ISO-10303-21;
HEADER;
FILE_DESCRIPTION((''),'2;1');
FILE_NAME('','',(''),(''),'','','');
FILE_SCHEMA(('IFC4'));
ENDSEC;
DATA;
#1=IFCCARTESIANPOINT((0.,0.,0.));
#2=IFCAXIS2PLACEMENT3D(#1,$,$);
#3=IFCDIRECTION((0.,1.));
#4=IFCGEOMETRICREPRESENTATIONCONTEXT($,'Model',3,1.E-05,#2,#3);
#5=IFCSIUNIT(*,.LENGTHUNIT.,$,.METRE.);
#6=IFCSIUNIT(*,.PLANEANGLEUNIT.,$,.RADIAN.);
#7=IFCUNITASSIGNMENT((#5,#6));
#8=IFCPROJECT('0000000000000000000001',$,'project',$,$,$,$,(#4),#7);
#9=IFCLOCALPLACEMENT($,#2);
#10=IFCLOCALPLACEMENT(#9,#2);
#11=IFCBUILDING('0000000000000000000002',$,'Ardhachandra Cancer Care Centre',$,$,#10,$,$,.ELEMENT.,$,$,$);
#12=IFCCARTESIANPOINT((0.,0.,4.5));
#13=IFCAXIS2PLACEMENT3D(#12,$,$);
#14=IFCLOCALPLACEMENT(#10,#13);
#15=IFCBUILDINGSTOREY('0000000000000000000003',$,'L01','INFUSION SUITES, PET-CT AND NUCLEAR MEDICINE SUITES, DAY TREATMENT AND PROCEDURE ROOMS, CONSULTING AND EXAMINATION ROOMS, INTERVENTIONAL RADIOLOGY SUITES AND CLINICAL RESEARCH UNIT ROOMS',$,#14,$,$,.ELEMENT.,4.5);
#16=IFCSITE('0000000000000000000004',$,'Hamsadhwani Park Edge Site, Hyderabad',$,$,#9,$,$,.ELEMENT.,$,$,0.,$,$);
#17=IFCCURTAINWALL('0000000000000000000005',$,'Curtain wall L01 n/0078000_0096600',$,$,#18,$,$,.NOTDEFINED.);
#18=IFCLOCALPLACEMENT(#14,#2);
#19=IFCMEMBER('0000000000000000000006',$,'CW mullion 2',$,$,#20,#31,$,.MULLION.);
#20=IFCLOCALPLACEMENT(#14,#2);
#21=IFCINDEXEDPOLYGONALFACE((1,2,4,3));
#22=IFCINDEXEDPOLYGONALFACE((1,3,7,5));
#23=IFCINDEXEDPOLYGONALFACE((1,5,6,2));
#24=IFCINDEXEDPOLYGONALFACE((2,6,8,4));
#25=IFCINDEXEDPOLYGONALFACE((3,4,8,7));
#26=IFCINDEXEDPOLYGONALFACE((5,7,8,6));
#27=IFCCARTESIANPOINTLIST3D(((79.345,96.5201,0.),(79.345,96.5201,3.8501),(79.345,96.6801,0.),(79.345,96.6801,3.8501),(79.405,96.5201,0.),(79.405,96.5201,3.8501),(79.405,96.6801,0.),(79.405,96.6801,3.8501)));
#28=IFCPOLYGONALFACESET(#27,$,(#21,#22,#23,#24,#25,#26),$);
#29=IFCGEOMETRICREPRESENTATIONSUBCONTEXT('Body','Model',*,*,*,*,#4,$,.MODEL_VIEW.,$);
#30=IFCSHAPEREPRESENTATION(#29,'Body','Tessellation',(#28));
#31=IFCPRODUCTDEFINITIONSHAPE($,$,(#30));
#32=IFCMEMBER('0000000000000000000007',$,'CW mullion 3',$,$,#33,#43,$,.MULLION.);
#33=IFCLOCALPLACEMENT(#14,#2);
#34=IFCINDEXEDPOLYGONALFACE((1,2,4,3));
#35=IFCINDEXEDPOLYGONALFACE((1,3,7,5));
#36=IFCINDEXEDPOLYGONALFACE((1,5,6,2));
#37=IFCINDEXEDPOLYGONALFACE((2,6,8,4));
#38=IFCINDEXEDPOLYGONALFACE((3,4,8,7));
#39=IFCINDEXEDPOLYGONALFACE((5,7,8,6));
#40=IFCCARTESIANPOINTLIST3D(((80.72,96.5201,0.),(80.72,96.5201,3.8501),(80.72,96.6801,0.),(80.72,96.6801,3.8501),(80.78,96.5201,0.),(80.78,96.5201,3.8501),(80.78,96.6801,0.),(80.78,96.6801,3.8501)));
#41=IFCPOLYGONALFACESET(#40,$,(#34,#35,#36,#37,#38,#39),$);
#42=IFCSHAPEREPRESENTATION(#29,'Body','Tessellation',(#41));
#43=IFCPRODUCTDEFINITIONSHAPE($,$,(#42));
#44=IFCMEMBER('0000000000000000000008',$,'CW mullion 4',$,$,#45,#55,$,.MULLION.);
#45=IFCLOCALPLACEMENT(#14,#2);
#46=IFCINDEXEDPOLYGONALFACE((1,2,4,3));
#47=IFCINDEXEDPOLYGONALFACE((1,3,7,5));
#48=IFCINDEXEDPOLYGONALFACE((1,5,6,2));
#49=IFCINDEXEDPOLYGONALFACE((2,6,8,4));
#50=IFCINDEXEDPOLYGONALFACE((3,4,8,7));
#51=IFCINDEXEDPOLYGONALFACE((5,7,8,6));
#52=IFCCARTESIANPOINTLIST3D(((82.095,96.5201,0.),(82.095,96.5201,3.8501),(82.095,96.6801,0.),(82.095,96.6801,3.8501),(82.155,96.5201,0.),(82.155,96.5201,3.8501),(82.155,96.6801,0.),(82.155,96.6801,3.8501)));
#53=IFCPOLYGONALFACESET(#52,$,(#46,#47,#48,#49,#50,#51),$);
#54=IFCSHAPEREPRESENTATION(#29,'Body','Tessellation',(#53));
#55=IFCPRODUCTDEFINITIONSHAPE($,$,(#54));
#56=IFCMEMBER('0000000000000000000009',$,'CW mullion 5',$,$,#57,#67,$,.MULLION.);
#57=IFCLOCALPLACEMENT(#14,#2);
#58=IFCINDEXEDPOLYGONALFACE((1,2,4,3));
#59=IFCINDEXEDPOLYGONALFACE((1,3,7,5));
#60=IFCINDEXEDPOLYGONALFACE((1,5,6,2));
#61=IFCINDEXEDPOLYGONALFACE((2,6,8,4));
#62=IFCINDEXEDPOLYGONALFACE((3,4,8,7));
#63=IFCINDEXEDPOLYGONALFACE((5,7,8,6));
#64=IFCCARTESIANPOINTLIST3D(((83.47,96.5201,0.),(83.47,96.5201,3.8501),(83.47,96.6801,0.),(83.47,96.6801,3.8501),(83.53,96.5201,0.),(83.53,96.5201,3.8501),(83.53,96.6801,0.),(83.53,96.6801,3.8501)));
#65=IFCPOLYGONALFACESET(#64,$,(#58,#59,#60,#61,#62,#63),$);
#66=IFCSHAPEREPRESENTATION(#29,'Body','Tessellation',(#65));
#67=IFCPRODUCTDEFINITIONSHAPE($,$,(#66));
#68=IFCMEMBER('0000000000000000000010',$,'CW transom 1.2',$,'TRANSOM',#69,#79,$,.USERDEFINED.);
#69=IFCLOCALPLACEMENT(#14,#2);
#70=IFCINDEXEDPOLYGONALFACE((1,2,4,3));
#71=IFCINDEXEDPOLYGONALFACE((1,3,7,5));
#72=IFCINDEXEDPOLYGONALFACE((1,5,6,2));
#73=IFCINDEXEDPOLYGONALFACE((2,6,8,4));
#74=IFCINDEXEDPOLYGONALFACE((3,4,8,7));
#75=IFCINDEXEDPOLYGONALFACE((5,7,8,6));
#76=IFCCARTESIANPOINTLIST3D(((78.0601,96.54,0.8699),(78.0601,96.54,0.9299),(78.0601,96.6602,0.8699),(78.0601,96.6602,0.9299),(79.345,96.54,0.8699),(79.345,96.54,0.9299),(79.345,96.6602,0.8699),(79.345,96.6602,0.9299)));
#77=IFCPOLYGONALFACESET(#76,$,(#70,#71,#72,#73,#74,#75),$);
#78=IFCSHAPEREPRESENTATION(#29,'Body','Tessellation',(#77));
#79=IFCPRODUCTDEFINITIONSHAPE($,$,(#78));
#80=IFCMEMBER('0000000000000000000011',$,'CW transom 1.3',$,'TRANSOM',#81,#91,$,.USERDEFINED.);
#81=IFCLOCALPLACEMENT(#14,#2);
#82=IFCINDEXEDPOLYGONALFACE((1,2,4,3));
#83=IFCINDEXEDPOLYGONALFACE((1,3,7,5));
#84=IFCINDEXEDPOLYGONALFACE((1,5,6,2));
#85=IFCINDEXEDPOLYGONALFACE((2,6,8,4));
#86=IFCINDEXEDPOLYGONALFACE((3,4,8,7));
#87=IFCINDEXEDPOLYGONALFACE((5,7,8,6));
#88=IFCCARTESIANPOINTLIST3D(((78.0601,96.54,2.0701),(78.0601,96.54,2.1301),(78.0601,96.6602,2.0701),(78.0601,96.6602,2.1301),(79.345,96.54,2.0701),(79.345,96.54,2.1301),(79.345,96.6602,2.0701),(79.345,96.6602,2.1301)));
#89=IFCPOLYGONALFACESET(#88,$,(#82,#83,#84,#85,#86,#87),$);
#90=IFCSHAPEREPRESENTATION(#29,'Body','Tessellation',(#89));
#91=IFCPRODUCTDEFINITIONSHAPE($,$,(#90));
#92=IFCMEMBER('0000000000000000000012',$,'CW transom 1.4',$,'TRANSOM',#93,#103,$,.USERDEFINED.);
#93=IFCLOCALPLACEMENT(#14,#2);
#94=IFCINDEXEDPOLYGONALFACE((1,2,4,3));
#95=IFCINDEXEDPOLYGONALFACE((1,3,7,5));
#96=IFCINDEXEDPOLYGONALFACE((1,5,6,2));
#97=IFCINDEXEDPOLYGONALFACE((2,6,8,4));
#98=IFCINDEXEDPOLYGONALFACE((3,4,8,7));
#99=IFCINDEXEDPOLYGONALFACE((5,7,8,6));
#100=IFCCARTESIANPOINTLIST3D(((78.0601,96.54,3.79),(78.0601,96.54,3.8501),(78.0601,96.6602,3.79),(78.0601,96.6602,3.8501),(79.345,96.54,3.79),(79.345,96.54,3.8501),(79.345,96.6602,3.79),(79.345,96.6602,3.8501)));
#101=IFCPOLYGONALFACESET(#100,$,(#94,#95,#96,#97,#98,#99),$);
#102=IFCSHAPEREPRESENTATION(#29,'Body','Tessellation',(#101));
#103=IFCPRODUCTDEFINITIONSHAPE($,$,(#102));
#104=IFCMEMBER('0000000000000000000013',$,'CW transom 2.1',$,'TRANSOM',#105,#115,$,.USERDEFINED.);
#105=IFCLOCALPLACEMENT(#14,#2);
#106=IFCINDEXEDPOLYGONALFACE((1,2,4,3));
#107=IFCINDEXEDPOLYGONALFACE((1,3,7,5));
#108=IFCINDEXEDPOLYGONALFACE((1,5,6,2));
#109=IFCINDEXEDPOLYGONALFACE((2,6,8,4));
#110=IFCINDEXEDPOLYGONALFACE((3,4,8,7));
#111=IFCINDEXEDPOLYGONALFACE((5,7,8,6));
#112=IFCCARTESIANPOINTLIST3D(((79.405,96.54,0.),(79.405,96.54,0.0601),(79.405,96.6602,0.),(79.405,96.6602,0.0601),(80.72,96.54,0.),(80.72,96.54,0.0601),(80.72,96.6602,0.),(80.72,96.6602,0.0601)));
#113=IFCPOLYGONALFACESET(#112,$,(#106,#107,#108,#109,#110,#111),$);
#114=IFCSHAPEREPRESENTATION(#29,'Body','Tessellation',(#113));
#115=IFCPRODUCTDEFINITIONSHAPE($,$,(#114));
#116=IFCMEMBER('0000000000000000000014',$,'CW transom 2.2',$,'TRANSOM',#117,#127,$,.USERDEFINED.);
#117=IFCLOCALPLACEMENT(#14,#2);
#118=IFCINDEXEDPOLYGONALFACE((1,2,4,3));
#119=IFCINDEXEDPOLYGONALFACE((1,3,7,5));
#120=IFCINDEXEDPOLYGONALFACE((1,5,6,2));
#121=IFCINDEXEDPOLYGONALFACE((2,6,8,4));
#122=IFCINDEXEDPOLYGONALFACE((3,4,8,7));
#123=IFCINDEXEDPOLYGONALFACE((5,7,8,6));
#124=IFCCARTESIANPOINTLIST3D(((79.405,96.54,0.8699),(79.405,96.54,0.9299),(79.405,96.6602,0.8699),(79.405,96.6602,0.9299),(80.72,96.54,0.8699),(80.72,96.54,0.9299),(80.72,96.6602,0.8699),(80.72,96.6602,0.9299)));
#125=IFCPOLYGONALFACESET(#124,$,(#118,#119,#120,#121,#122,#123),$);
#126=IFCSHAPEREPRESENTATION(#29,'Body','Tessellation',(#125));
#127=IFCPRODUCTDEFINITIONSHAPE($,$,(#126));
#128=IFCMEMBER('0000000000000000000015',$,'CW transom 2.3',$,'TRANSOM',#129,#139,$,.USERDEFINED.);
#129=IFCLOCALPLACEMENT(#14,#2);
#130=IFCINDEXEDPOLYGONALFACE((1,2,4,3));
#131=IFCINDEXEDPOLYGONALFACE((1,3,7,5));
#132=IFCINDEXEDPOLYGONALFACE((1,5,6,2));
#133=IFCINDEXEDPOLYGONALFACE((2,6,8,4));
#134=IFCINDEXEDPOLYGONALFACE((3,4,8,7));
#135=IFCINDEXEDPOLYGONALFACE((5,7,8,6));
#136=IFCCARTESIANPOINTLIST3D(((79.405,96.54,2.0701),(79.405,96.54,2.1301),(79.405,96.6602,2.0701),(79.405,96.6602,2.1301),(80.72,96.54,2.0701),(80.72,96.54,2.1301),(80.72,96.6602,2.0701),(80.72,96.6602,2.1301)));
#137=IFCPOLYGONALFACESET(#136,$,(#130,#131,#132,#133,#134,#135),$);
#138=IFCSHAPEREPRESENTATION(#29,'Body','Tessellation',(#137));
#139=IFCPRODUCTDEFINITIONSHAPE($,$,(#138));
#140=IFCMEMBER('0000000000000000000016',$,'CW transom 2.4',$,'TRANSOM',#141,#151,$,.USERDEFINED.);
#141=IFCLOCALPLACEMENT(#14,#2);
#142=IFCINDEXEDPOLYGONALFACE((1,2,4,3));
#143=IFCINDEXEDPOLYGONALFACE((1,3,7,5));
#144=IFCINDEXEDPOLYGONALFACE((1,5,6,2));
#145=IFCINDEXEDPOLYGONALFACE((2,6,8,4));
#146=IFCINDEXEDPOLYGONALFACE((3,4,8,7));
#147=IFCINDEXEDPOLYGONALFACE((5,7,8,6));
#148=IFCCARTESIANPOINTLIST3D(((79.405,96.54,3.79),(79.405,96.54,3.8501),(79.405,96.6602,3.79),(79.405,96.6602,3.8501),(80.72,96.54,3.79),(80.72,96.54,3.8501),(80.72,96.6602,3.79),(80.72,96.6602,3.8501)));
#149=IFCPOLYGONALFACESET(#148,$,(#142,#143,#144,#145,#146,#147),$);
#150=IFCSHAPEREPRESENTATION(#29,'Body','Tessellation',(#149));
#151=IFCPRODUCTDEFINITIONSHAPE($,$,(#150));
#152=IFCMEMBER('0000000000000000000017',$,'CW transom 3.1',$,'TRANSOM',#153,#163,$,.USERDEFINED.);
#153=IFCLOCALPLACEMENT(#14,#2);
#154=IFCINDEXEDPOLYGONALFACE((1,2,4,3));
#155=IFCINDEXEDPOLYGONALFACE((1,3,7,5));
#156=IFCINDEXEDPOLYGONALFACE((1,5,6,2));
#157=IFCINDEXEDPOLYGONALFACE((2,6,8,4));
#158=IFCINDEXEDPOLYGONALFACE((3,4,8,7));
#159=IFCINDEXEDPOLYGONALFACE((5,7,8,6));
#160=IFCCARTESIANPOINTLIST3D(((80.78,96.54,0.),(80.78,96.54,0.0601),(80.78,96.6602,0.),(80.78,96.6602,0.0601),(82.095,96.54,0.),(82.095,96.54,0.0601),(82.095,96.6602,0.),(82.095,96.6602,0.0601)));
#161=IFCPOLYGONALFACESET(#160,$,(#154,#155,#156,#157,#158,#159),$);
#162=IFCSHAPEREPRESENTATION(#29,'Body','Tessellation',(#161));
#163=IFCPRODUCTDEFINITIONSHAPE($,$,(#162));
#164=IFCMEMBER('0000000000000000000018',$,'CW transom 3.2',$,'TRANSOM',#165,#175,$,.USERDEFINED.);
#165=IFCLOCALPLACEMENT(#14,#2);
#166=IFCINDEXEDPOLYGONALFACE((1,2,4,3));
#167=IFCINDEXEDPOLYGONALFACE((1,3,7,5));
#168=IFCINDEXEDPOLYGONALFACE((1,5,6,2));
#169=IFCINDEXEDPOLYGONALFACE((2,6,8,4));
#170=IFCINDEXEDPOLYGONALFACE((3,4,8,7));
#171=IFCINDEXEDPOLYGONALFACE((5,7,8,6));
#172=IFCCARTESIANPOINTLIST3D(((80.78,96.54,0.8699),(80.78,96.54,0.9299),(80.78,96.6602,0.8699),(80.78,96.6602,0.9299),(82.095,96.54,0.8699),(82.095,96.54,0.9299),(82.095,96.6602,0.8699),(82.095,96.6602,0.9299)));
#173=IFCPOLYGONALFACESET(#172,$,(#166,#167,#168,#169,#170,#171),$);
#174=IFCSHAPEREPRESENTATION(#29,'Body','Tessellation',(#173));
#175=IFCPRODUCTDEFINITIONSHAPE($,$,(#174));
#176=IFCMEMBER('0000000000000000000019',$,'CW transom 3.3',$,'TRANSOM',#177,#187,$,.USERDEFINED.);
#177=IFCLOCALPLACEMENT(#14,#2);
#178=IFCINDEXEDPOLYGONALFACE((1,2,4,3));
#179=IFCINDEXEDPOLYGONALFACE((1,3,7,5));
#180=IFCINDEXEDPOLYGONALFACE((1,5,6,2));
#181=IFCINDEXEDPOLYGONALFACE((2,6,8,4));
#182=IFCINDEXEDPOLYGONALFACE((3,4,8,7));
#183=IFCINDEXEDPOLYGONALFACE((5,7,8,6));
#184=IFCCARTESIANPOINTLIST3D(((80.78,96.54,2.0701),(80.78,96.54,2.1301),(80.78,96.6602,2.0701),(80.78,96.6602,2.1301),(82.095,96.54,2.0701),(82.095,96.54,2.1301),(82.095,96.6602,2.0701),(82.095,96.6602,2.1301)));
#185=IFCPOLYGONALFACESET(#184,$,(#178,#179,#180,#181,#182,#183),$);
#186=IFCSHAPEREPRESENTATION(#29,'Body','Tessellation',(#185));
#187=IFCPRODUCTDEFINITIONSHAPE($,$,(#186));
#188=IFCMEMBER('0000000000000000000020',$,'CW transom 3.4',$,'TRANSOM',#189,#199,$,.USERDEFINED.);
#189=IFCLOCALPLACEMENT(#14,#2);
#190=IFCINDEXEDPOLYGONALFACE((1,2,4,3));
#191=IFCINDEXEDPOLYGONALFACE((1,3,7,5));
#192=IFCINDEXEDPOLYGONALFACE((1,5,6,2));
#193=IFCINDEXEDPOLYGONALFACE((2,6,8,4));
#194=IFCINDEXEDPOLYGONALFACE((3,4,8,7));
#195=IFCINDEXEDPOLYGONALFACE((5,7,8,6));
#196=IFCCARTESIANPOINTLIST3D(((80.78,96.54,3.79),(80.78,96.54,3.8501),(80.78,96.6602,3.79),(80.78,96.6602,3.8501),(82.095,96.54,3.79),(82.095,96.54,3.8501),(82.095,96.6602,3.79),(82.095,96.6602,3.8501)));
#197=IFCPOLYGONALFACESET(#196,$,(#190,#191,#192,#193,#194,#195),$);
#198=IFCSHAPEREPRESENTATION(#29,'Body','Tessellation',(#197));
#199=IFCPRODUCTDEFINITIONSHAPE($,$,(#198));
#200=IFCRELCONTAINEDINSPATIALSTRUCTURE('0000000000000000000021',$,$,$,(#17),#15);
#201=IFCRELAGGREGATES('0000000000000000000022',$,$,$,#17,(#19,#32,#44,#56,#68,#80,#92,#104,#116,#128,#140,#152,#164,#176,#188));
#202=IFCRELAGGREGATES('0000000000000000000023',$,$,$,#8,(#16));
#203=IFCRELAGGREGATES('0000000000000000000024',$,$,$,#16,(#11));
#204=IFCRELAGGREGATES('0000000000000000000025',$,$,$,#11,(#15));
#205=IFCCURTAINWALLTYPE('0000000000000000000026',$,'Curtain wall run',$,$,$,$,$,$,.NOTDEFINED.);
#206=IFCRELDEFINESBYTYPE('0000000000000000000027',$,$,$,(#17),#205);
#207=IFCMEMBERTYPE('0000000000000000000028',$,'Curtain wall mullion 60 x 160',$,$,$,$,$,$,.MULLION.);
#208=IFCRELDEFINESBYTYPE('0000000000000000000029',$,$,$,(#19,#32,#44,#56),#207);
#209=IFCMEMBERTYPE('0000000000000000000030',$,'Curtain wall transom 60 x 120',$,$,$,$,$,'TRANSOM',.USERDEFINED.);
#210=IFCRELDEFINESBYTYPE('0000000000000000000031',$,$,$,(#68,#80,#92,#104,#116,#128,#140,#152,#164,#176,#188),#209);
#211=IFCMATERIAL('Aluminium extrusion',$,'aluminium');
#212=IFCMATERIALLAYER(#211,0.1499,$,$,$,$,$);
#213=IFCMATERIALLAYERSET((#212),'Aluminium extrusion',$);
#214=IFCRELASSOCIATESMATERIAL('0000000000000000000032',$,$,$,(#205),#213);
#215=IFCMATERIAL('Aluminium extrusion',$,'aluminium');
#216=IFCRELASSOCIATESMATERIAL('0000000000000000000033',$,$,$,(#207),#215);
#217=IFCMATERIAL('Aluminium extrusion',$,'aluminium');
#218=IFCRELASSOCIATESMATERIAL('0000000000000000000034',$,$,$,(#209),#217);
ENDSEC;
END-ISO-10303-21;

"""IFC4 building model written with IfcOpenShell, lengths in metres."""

from ifc_helpers import new_model, si_unit, direction, frame, origin, origin_2d, place, context, subcontext, project, spatial, rectangle, extrude, material, layer, layer_set, material_profile, profile_set, type_object, element, aggregate, save


model = new_model("IFC4")

# Units and contexts
model_context = context("Model", 3, precision=1e-05, world=origin(), true_north=direction((0.0, 1.0)))
body_context = subcontext(model_context, "Body", "Model", "MODEL_VIEW")
ifc_project = project(units=[si_unit("LENGTHUNIT", "METRE"), si_unit("PLANEANGLEUNIT", "RADIAN")], contexts=[model_context])

# Site, building, storey
site_placement = place(None, origin())
site = spatial("IfcSite", under=ifc_project, at=site_placement, Name="Hamsadhwani Park Edge Site, Hyderabad", CompositionType="ELEMENT", RefElevation=0.0)
building_placement = place(site_placement, origin())
building = spatial("IfcBuilding", under=site, at=building_placement, Name="Ardhachandra Cancer Care Centre", CompositionType="ELEMENT")
storey_placement = place(building_placement, frame((0.0, 0.0, 4.5)))
storey = spatial("IfcBuildingStorey", under=building, at=storey_placement, Name="L01", Description="INFUSION SUITES, PET-CT AND NUCLEAR MEDICINE SUITES, DAY TREATMENT AND PROCEDURE ROOMS, CONSULTING AND EXAMINATION ROOMS, INTERVENTIONAL RADIOLOGY SUITES AND CLINICAL RESEARCH UNIT ROOMS", CompositionType="ELEMENT", Elevation=4.5)

# Curtain wall, members
ifc_material_1 = material(Name="Aluminium extrusion", Category="aluminium")
ifc_layer_1 = layer(ifc_material_1, 0.1499)
ifc_layer_set_1 = layer_set([ifc_layer_1], Name="Aluminium extrusion")
curtain_wall_type = type_object("IfcCurtainWallType", Name="Curtain wall run", PredefinedType="NOTDEFINED", material=ifc_layer_set_1)
curtain_wall_placement = place(storey_placement, origin())
curtain_wall = element("IfcCurtainWall", 1, at=curtain_wall_placement, inside=storey, type_object=curtain_wall_type, Name="Curtain wall L01 n/0078000_0096600", PredefinedType="NOTDEFINED")
ifc_material_2 = material(Name="Aluminium extrusion", Category="aluminium")
ifc_material_profile_1 = material_profile(ifc_material_2, rectangle(XDim=0.1599, YDim=0.0601, at=origin_2d()), Name="Curtain wall mullion 60 x 160")
ifc_profile_set_1 = profile_set([ifc_material_profile_1], Name="Aluminium extrusion")
member_type_1 = type_object("IfcMemberType", Name="Curtain wall mullion 60 x 160", PredefinedType="MULLION", material=ifc_profile_set_1)
member_1_placement = place(storey_placement, frame((79.375, 96.6001, 0.0), z_axis=(0.0, 0.0, 1.0), x_axis=(0.0, 1.0, 0.0)))
member_1 = element("IfcMember", 2, at=member_1_placement, type_object=member_type_1, Name="CW mullion 2", PredefinedType="MULLION", context=body_context, shape_type="SweptSolid", body=[
    extrude(rectangle(XDim=0.1599, YDim=0.0601, at=origin_2d()), origin(), (0.0, 0.0, 1.0), 3.8501),
])
member_2_placement = place(storey_placement, frame((80.75, 96.6001, 0.0), z_axis=(0.0, 0.0, 1.0), x_axis=(0.0, 1.0, 0.0)))
member_2 = element("IfcMember", 3, at=member_2_placement, type_object=member_type_1, Name="CW mullion 3", PredefinedType="MULLION", context=body_context, shape_type="SweptSolid", body=[
    extrude(rectangle(XDim=0.1599, YDim=0.0601, at=origin_2d()), origin(), (0.0, 0.0, 1.0), 3.8501),
])
member_3_placement = place(storey_placement, frame((82.125, 96.6001, 0.0), z_axis=(0.0, 0.0, 1.0), x_axis=(0.0, 1.0, 0.0)))
member_3 = element("IfcMember", 4, at=member_3_placement, type_object=member_type_1, Name="CW mullion 4", PredefinedType="MULLION", context=body_context, shape_type="SweptSolid", body=[
    extrude(rectangle(XDim=0.1599, YDim=0.0601, at=origin_2d()), origin(), (0.0, 0.0, 1.0), 3.8501),
])
member_4_placement = place(storey_placement, frame((83.5, 96.6001, 0.0), z_axis=(0.0, 0.0, 1.0), x_axis=(0.0, 1.0, 0.0)))
member_4 = element("IfcMember", 5, at=member_4_placement, type_object=member_type_1, Name="CW mullion 5", PredefinedType="MULLION", context=body_context, shape_type="SweptSolid", body=[
    extrude(rectangle(XDim=0.1599, YDim=0.0601, at=origin_2d()), origin(), (0.0, 0.0, 1.0), 3.8501),
])
ifc_material_3 = material(Name="Aluminium extrusion", Category="aluminium")
ifc_material_profile_2 = material_profile(ifc_material_3, rectangle(XDim=0.1201, YDim=0.0601, at=origin_2d()), Name="Curtain wall transom 60 x 120")
ifc_profile_set_2 = profile_set([ifc_material_profile_2], Name="Aluminium extrusion")
member_type_2 = type_object("IfcMemberType", Name="Curtain wall transom 60 x 120", ElementType="TRANSOM", PredefinedType="USERDEFINED", material=ifc_profile_set_2)
member_5_placement = place(storey_placement, frame((78.0601, 96.6001, 0.8999), z_axis=(1.0, 0.0, 0.0), x_axis=(0.0, 1.0, 0.0)))
member_5 = element("IfcMember", 6, at=member_5_placement, type_object=member_type_2, Name="CW transom 1.2", ObjectType="TRANSOM", PredefinedType="USERDEFINED", context=body_context, shape_type="SweptSolid", body=[
    extrude(rectangle(XDim=0.1201, YDim=0.0601, at=origin_2d()), origin(), (0.0, 0.0, 1.0), 1.2849),
])
member_6_placement = place(storey_placement, frame((78.0601, 96.6001, 2.1001), z_axis=(1.0, 0.0, 0.0), x_axis=(0.0, 1.0, 0.0)))
member_6 = element("IfcMember", 7, at=member_6_placement, type_object=member_type_2, Name="CW transom 1.3", ObjectType="TRANSOM", PredefinedType="USERDEFINED", context=body_context, shape_type="SweptSolid", body=[
    extrude(rectangle(XDim=0.1201, YDim=0.0601, at=origin_2d()), origin(), (0.0, 0.0, 1.0), 1.2849),
])
member_7_placement = place(storey_placement, frame((78.0601, 96.6001, 3.8201), z_axis=(1.0, 0.0, 0.0), x_axis=(0.0, 1.0, 0.0)))
member_7 = element("IfcMember", 8, at=member_7_placement, type_object=member_type_2, Name="CW transom 1.4", ObjectType="TRANSOM", PredefinedType="USERDEFINED", context=body_context, shape_type="SweptSolid", body=[
    extrude(rectangle(XDim=0.1201, YDim=0.0601, at=origin_2d()), origin(), (0.0, 0.0, 1.0), 1.2849),
])
member_8_placement = place(storey_placement, frame((79.405, 96.6001, 0.03), z_axis=(1.0, 0.0, 0.0), x_axis=(0.0, 1.0, 0.0)))
member_8 = element("IfcMember", 9, at=member_8_placement, type_object=member_type_2, Name="CW transom 2.1", ObjectType="TRANSOM", PredefinedType="USERDEFINED", context=body_context, shape_type="SweptSolid", body=[
    extrude(rectangle(XDim=0.1201, YDim=0.0601, at=origin_2d()), origin(), (0.0, 0.0, 1.0), 1.3149),
])
member_9_placement = place(storey_placement, frame((79.405, 96.6001, 0.8999), z_axis=(1.0, 0.0, 0.0), x_axis=(0.0, 1.0, 0.0)))
member_9 = element("IfcMember", 10, at=member_9_placement, type_object=member_type_2, Name="CW transom 2.2", ObjectType="TRANSOM", PredefinedType="USERDEFINED", context=body_context, shape_type="SweptSolid", body=[
    extrude(rectangle(XDim=0.1201, YDim=0.0601, at=origin_2d()), origin(), (0.0, 0.0, 1.0), 1.3149),
])
member_10_placement = place(storey_placement, frame((79.405, 96.6001, 2.1001), z_axis=(1.0, 0.0, 0.0), x_axis=(0.0, 1.0, 0.0)))
member_10 = element("IfcMember", 11, at=member_10_placement, type_object=member_type_2, Name="CW transom 2.3", ObjectType="TRANSOM", PredefinedType="USERDEFINED", context=body_context, shape_type="SweptSolid", body=[
    extrude(rectangle(XDim=0.1201, YDim=0.0601, at=origin_2d()), origin(), (0.0, 0.0, 1.0), 1.3149),
])
member_11_placement = place(storey_placement, frame((79.405, 96.6001, 3.8201), z_axis=(1.0, 0.0, 0.0), x_axis=(0.0, 1.0, 0.0)))
member_11 = element("IfcMember", 12, at=member_11_placement, type_object=member_type_2, Name="CW transom 2.4", ObjectType="TRANSOM", PredefinedType="USERDEFINED", context=body_context, shape_type="SweptSolid", body=[
    extrude(rectangle(XDim=0.1201, YDim=0.0601, at=origin_2d()), origin(), (0.0, 0.0, 1.0), 1.3149),
])
member_12_placement = place(storey_placement, frame((80.78, 96.6001, 0.03), z_axis=(1.0, 0.0, 0.0), x_axis=(0.0, 1.0, 0.0)))
member_12 = element("IfcMember", 13, at=member_12_placement, type_object=member_type_2, Name="CW transom 3.1", ObjectType="TRANSOM", PredefinedType="USERDEFINED", context=body_context, shape_type="SweptSolid", body=[
    extrude(rectangle(XDim=0.1201, YDim=0.0601, at=origin_2d()), origin(), (0.0, 0.0, 1.0), 1.3149),
])
member_13_placement = place(storey_placement, frame((80.78, 96.6001, 0.8999), z_axis=(1.0, 0.0, 0.0), x_axis=(0.0, 1.0, 0.0)))
member_13 = element("IfcMember", 14, at=member_13_placement, type_object=member_type_2, Name="CW transom 3.2", ObjectType="TRANSOM", PredefinedType="USERDEFINED", context=body_context, shape_type="SweptSolid", body=[
    extrude(rectangle(XDim=0.1201, YDim=0.0601, at=origin_2d()), origin(), (0.0, 0.0, 1.0), 1.3149),
])
member_14_placement = place(storey_placement, frame((80.78, 96.6001, 2.1001), z_axis=(1.0, 0.0, 0.0), x_axis=(0.0, 1.0, 0.0)))
member_14 = element("IfcMember", 15, at=member_14_placement, type_object=member_type_2, Name="CW transom 3.3", ObjectType="TRANSOM", PredefinedType="USERDEFINED", context=body_context, shape_type="SweptSolid", body=[
    extrude(rectangle(XDim=0.1201, YDim=0.0601, at=origin_2d()), origin(), (0.0, 0.0, 1.0), 1.3149),
])
member_15_placement = place(storey_placement, frame((80.78, 96.6001, 3.8201), z_axis=(1.0, 0.0, 0.0), x_axis=(0.0, 1.0, 0.0)))
member_15 = element("IfcMember", 16, at=member_15_placement, type_object=member_type_2, Name="CW transom 3.4", ObjectType="TRANSOM", PredefinedType="USERDEFINED", context=body_context, shape_type="SweptSolid", body=[
    extrude(rectangle(XDim=0.1201, YDim=0.0601, at=origin_2d()), origin(), (0.0, 0.0, 1.0), 1.3149),
])
aggregate(curtain_wall, [member_1, member_2, member_3, member_4, member_5, member_6, member_7, member_8, member_9, member_10, member_11, member_12, member_13, member_14, member_15])

save(model, "model.ifc")
